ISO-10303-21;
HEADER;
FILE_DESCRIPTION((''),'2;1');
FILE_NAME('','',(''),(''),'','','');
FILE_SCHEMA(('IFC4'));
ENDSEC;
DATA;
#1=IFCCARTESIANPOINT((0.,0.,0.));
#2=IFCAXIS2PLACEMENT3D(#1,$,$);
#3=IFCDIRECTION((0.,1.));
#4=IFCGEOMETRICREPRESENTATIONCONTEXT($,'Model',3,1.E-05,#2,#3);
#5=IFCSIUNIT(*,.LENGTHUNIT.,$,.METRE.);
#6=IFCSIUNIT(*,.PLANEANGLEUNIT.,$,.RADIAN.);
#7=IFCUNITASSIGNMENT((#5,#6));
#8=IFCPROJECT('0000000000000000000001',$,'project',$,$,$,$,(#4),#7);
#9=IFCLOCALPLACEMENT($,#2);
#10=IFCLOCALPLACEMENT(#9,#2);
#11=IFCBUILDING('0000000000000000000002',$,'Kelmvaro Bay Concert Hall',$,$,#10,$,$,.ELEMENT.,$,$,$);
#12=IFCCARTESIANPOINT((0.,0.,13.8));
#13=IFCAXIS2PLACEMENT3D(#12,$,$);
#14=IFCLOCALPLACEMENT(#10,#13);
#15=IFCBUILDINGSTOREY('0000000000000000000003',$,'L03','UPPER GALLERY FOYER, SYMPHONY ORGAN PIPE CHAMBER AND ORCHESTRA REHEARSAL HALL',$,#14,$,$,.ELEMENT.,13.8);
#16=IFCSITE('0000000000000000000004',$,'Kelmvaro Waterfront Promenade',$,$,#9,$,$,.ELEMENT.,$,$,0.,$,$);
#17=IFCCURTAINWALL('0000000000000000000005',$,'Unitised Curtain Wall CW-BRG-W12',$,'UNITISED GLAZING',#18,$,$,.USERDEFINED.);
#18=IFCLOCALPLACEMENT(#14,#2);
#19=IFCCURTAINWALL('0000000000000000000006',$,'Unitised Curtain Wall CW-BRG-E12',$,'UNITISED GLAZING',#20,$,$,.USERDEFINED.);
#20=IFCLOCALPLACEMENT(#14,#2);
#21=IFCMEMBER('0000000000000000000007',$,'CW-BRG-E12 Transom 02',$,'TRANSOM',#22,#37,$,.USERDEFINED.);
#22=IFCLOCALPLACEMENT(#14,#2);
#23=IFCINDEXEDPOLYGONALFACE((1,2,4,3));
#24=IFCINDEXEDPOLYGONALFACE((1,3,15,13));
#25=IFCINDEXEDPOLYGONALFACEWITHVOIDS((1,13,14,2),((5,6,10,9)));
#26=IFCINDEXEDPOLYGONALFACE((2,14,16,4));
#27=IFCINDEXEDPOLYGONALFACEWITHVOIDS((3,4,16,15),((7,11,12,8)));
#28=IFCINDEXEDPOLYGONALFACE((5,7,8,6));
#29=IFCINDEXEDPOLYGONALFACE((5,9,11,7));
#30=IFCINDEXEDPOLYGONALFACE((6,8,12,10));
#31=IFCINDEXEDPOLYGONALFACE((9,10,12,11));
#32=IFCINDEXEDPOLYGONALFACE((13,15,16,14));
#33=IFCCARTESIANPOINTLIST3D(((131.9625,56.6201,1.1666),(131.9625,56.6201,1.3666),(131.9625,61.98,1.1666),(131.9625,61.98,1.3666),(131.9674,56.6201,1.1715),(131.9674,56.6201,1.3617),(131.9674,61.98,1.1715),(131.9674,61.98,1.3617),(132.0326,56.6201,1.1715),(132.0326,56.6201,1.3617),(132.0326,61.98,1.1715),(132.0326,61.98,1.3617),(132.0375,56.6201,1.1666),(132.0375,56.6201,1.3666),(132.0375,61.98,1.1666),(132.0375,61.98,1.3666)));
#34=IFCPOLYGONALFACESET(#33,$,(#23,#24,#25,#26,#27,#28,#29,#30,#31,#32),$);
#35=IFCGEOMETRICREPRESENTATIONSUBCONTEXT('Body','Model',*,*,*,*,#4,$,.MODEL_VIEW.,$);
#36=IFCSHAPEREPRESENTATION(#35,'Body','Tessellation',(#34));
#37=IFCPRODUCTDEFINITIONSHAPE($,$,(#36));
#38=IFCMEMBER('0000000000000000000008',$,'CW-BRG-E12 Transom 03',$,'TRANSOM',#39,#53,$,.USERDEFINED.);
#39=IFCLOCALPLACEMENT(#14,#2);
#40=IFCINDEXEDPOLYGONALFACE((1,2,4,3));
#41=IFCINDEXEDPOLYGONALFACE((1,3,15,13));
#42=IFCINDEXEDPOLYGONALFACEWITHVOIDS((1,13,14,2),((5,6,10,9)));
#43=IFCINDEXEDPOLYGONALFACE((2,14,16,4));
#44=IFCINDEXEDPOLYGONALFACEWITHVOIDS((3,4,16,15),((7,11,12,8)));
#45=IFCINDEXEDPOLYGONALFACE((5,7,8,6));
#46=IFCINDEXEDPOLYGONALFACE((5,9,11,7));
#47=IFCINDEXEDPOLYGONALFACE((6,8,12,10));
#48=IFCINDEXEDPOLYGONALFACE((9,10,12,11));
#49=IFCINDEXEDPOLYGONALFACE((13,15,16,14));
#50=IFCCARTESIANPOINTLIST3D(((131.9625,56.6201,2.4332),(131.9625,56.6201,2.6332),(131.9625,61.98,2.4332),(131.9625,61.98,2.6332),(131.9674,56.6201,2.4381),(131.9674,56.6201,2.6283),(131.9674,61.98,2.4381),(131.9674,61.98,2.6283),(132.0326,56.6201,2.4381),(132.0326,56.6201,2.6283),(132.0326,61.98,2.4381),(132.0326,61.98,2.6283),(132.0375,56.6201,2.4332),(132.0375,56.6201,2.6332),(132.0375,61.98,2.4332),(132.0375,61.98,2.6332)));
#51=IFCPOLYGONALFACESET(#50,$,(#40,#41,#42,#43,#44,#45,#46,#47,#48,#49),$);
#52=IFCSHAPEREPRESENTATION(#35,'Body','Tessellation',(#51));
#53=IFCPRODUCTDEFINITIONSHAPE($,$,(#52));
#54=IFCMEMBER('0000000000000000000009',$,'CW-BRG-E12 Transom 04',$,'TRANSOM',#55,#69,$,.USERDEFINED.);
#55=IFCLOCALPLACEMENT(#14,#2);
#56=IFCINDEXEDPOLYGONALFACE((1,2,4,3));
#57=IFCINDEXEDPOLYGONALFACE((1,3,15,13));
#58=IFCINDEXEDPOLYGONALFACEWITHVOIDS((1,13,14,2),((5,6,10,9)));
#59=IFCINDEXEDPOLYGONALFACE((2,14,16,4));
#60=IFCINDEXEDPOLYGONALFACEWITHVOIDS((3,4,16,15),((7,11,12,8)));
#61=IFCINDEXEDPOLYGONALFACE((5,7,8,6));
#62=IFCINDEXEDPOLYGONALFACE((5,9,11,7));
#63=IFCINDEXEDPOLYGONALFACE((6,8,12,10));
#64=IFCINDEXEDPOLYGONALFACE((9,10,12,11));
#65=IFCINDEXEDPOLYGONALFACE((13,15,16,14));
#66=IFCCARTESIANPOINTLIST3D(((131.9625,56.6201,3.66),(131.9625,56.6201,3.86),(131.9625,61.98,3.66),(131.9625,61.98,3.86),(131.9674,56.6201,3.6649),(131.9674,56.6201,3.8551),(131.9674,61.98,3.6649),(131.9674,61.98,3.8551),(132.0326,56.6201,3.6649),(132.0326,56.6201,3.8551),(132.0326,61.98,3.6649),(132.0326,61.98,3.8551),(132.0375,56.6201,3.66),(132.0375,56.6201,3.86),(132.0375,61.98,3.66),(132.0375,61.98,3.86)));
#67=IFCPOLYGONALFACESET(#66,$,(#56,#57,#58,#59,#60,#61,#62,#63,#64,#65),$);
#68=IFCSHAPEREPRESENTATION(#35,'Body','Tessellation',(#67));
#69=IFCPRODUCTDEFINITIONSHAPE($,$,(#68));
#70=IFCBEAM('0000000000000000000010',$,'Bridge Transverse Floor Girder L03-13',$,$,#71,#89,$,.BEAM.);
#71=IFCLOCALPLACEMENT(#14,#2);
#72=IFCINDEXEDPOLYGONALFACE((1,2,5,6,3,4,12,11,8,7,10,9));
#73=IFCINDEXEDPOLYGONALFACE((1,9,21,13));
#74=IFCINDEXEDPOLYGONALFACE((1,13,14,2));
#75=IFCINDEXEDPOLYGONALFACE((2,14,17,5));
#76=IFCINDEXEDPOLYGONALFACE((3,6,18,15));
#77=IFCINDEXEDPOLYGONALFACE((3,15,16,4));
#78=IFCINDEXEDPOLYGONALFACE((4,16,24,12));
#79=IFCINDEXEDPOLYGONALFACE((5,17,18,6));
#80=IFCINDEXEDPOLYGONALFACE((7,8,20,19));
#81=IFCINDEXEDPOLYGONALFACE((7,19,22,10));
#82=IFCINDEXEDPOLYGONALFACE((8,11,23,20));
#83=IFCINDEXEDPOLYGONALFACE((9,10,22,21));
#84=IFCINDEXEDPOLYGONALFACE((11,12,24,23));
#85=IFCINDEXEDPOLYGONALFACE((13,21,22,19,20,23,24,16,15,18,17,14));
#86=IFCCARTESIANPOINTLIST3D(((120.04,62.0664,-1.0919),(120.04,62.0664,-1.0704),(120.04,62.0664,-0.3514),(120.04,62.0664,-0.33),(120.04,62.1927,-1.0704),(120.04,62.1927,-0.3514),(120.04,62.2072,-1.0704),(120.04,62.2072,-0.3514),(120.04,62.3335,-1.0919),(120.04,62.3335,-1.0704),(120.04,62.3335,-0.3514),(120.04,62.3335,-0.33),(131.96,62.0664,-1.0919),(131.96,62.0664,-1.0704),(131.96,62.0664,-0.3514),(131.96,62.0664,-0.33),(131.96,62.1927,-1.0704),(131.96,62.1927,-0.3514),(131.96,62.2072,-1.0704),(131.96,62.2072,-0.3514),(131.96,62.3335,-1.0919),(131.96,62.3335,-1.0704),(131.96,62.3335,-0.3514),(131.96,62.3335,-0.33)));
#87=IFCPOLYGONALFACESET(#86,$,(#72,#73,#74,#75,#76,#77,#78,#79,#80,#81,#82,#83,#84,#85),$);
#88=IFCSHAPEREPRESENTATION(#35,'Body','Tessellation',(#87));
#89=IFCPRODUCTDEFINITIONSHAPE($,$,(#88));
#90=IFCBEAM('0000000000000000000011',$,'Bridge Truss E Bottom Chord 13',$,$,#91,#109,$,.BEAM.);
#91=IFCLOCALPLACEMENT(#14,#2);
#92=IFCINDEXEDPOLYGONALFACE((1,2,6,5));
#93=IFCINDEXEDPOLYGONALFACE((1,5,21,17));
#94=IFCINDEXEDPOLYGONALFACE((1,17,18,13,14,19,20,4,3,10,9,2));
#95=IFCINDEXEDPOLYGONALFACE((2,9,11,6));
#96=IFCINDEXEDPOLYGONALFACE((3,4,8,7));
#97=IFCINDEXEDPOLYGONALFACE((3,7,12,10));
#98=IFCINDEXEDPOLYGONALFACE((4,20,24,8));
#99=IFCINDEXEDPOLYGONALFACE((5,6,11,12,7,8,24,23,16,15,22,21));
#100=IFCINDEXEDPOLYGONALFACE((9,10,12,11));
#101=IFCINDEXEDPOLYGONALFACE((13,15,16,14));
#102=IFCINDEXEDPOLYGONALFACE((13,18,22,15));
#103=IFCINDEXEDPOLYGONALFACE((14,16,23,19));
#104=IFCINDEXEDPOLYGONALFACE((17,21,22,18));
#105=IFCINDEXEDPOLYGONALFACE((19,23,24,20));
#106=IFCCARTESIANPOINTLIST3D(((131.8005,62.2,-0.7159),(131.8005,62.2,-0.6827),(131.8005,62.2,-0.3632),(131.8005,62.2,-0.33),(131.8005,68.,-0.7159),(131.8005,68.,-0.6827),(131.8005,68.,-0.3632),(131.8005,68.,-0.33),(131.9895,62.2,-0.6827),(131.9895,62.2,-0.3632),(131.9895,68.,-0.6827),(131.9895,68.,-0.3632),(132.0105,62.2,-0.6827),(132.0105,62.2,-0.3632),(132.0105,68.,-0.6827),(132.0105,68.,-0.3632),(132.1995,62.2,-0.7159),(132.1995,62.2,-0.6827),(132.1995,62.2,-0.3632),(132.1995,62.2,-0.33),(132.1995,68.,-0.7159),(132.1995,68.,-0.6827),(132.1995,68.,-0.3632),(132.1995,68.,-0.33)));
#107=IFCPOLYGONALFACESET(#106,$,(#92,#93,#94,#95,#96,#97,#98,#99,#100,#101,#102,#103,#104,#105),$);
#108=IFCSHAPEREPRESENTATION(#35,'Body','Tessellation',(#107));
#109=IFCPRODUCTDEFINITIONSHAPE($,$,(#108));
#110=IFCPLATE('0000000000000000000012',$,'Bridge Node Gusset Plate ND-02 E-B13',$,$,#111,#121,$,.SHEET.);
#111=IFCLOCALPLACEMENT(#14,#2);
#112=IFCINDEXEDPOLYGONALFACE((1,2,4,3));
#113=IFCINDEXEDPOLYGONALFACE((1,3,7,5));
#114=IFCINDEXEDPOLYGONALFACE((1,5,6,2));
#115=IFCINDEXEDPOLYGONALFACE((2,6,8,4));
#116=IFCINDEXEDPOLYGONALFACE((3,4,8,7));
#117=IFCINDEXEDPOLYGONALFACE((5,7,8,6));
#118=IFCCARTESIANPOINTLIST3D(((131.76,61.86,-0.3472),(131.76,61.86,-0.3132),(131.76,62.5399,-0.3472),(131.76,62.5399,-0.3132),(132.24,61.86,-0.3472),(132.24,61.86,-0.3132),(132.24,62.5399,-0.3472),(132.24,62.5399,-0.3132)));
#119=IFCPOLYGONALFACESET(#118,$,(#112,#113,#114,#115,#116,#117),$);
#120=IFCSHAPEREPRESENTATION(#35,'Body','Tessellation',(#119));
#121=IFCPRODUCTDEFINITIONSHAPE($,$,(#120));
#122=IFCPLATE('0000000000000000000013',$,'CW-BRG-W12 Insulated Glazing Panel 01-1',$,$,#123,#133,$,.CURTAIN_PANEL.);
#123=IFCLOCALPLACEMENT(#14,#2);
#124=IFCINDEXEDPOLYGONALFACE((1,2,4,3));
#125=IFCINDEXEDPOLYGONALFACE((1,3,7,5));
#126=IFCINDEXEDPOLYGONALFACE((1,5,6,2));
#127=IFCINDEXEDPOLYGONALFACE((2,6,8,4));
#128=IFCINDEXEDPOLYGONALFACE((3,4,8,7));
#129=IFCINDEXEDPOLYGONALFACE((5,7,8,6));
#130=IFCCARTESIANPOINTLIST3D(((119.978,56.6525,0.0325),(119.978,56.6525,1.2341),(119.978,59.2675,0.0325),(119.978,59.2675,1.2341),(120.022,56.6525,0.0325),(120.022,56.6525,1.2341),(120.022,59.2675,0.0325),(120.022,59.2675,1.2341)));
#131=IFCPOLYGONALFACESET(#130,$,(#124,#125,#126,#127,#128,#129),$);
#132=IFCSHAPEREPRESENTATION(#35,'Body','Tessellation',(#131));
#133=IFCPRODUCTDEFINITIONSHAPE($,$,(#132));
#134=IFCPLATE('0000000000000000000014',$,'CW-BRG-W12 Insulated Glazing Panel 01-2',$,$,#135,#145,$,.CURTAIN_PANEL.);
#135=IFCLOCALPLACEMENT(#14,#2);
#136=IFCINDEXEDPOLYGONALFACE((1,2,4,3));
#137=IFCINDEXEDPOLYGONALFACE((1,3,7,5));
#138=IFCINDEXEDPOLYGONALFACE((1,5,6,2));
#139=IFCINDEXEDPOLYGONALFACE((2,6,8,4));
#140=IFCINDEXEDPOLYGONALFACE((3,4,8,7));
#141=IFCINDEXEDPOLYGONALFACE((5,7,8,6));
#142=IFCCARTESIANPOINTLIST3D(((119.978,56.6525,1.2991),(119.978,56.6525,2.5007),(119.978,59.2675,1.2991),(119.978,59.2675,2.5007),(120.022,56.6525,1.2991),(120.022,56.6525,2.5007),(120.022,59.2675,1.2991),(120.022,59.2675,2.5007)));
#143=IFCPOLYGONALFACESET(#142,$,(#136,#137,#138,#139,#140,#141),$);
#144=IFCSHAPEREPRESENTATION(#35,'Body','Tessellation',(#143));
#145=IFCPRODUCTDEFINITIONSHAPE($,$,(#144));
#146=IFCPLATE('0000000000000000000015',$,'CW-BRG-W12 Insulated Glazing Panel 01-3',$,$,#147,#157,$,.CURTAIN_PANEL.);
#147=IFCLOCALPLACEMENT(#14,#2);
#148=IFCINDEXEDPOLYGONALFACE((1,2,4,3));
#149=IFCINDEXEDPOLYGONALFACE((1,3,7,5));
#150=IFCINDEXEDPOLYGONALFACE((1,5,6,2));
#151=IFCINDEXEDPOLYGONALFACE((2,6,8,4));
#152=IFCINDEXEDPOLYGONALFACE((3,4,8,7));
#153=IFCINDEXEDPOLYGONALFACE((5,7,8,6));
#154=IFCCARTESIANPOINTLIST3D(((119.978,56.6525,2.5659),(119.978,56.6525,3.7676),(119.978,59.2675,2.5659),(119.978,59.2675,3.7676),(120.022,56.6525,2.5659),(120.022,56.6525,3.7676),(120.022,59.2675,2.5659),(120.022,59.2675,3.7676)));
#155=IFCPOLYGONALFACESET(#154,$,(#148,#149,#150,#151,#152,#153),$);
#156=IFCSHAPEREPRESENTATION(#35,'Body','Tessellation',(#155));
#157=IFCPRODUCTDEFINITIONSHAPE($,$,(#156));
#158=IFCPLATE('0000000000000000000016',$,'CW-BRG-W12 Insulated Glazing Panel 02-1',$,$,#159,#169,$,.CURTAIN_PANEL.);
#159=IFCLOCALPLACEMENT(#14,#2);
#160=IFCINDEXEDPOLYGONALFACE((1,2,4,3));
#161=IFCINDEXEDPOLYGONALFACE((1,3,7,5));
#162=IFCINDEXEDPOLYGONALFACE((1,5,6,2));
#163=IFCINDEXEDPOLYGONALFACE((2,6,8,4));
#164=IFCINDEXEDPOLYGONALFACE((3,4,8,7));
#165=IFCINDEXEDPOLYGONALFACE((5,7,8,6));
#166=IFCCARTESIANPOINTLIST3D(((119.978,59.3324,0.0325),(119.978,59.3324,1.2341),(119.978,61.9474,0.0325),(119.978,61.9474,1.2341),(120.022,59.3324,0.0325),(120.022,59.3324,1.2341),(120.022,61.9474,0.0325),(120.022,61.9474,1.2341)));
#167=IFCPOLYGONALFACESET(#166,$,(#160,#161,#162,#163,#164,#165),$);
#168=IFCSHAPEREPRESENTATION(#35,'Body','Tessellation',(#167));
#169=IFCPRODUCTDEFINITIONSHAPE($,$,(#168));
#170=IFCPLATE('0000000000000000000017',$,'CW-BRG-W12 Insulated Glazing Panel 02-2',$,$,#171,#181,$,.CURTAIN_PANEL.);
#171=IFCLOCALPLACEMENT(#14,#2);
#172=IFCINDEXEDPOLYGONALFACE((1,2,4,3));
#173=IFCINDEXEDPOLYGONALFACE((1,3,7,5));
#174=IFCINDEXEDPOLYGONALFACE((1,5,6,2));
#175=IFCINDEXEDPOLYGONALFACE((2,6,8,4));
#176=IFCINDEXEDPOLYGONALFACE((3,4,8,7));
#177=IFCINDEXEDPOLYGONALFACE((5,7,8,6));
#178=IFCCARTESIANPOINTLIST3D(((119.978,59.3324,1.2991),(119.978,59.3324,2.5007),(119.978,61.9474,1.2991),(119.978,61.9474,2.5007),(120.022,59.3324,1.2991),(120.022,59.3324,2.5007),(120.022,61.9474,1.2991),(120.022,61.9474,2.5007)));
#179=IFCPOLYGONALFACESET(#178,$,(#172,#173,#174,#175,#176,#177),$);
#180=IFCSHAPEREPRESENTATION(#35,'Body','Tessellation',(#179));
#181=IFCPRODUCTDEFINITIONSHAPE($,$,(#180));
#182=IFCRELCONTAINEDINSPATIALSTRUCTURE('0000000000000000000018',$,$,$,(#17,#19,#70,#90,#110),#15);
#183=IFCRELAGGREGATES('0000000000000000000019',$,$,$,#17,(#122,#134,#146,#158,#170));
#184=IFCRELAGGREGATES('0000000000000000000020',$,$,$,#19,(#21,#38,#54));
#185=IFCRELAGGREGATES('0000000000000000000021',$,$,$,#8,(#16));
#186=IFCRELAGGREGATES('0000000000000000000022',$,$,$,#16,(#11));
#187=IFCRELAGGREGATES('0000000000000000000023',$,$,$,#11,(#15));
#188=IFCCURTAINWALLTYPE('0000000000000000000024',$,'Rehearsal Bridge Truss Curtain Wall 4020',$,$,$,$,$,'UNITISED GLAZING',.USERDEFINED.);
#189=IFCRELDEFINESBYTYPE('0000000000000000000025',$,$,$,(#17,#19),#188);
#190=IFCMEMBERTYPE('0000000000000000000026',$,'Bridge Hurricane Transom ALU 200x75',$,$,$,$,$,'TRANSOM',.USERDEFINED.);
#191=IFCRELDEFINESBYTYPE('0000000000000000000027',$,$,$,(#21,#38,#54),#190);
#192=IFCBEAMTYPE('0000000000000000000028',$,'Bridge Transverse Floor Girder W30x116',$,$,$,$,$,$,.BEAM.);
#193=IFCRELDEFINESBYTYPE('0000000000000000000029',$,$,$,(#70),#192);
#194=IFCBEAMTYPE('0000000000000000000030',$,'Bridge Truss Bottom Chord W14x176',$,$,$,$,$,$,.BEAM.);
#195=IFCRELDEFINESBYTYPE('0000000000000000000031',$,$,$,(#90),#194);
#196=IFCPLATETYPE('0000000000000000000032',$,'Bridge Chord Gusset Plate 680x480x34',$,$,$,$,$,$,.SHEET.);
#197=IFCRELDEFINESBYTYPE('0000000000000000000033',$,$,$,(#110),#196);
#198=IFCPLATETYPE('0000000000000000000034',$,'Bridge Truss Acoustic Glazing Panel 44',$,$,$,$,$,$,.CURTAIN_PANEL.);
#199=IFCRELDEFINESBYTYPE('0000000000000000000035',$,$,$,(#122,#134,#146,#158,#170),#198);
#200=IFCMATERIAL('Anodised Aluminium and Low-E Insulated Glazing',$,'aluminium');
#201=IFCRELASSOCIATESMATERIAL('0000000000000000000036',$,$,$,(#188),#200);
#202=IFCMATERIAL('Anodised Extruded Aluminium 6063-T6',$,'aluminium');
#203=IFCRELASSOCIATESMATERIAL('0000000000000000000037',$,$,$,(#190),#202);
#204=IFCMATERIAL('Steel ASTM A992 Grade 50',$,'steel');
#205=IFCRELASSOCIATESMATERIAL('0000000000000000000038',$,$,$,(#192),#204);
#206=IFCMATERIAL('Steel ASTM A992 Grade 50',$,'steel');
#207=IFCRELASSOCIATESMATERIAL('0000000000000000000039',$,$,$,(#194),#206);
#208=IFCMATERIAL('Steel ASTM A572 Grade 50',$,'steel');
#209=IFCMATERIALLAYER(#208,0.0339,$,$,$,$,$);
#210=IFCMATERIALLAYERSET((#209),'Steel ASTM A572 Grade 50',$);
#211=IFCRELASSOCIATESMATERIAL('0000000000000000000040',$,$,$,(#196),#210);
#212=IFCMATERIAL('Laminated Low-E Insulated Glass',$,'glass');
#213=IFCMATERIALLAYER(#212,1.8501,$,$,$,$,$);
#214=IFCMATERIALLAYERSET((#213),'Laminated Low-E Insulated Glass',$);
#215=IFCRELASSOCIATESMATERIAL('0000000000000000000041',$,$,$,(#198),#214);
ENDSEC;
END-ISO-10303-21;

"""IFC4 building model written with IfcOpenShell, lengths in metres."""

from ifc_helpers import new_model, si_unit, direction, frame, origin, origin_2d, place, context, subcontext, project, spatial, rectangle, hollow_rectangle, i_section, extrude, material, layer, layer_set, material_profile, profile_set, type_object, element, aggregate, save


model = new_model("IFC4")

# Units and contexts
model_context = context("Model", 3, precision=1e-05, world=origin(), true_north=direction((0.0, 1.0)))
body_context = subcontext(model_context, "Body", "Model", "MODEL_VIEW")
ifc_project = project(units=[si_unit("LENGTHUNIT", "METRE"), si_unit("PLANEANGLEUNIT", "RADIAN")], contexts=[model_context])

# Site, building, storey
site_placement = place(None, origin())
site = spatial("IfcSite", under=ifc_project, at=site_placement, Name="Kelmvaro Waterfront Promenade", CompositionType="ELEMENT", RefElevation=0.0)
building_placement = place(site_placement, origin())
building = spatial("IfcBuilding", under=site, at=building_placement, Name="Kelmvaro Bay Concert Hall", CompositionType="ELEMENT")
storey_placement = place(building_placement, frame((0.0, 0.0, 13.8)))
storey = spatial("IfcBuildingStorey", under=building, at=storey_placement, Name="L03", Description="UPPER GALLERY FOYER, SYMPHONY ORGAN PIPE CHAMBER AND ORCHESTRA REHEARSAL HALL", CompositionType="ELEMENT", Elevation=13.8)

# Curtain walls
ifc_material_1 = material(Name="Anodised Aluminium and Low-E Insulated Glazing", Category="aluminium")
curtain_wall_type = type_object("IfcCurtainWallType", Name="Rehearsal Bridge Truss Curtain Wall 4020", ElementType="UNITISED GLAZING", PredefinedType="USERDEFINED", material=ifc_material_1)
curtain_wall_1_placement = place(storey_placement, origin())
curtain_wall_1 = element("IfcCurtainWall", 1, at=curtain_wall_1_placement, inside=storey, type_object=curtain_wall_type, Name="Unitised Curtain Wall CW-BRG-W12", ObjectType="UNITISED GLAZING", PredefinedType="USERDEFINED")
curtain_wall_2_placement = place(storey_placement, origin())
curtain_wall_2 = element("IfcCurtainWall", 2, at=curtain_wall_2_placement, inside=storey, type_object=curtain_wall_type, Name="Unitised Curtain Wall CW-BRG-E12", ObjectType="UNITISED GLAZING", PredefinedType="USERDEFINED")

# Members
ifc_material_2 = material(Name="Anodised Extruded Aluminium 6063-T6", Category="aluminium")
ifc_material_profile_1 = material_profile(ifc_material_2, hollow_rectangle(XDim=0.075, YDim=0.2, WallThickness=0.0049, at=origin_2d()), Name="ALU-TRN-200X75")
ifc_profile_set_1 = profile_set([ifc_material_profile_1], Name="Anodised Extruded Aluminium 6063-T6")
member_type_1 = type_object("IfcMemberType", Name="Bridge Hurricane Transom ALU 200x75", ElementType="TRANSOM", PredefinedType="USERDEFINED", material=ifc_profile_set_1)
member_1_placement = place(storey_placement, frame((132.0, 61.98, 1.2666), z_axis=(0.0, -1.0, 0.0), x_axis=(1.0, 0.0, 0.0)))
member_1 = element("IfcMember", 3, at=member_1_placement, type_object=member_type_1, Name="CW-BRG-E12 Transom 02", ObjectType="TRANSOM", PredefinedType="USERDEFINED", context=body_context, shape_type="SweptSolid", body=[
    extrude(hollow_rectangle(XDim=0.075, YDim=0.2, WallThickness=0.0049, at=origin_2d()), origin(), (0.0, 0.0, 1.0), 5.3599),
])
member_2_placement = place(storey_placement, frame((132.0, 61.98, 2.5332), z_axis=(0.0, -1.0, 0.0), x_axis=(1.0, 0.0, 0.0)))
member_2 = element("IfcMember", 4, at=member_2_placement, type_object=member_type_1, Name="CW-BRG-E12 Transom 03", ObjectType="TRANSOM", PredefinedType="USERDEFINED", context=body_context, shape_type="SweptSolid", body=[
    extrude(hollow_rectangle(XDim=0.075, YDim=0.2, WallThickness=0.0049, at=origin_2d()), origin(), (0.0, 0.0, 1.0), 5.3599),
])
member_3_placement = place(storey_placement, frame((132.0, 61.98, 3.76), z_axis=(0.0, -1.0, 0.0), x_axis=(1.0, 0.0, 0.0)))
member_3 = element("IfcMember", 5, at=member_3_placement, type_object=member_type_1, Name="CW-BRG-E12 Transom 04", ObjectType="TRANSOM", PredefinedType="USERDEFINED", context=body_context, shape_type="SweptSolid", body=[
    extrude(hollow_rectangle(XDim=0.075, YDim=0.2, WallThickness=0.0049, at=origin_2d()), origin(), (0.0, 0.0, 1.0), 5.3599),
])

# Beams
ifc_material_3 = material(Name="Steel ASTM A992 Grade 50", Category="steel")
ifc_material_profile_2 = material_profile(ifc_material_3, i_section(OverallWidth=0.2671, OverallDepth=0.762, WebThickness=0.0144, FlangeThickness=0.0215, at=origin_2d()), Name="W30X116")
ifc_profile_set_2 = profile_set([ifc_material_profile_2], Name="Steel ASTM A992 Grade 50")
beam_type_1 = type_object("IfcBeamType", Name="Bridge Transverse Floor Girder W30x116", PredefinedType="BEAM", material=ifc_profile_set_2)
beam_1_placement = place(storey_placement, frame((120.04, 62.2, -0.7109), z_axis=(1.0, 0.0, 0.0), x_axis=(0.0, 1.0, 0.0)))
element("IfcBeam", 6, at=beam_1_placement, inside=storey, type_object=beam_type_1, Name="Bridge Transverse Floor Girder L03-13", PredefinedType="BEAM", context=body_context, shape_type="SweptSolid", body=[
    extrude(i_section(OverallWidth=0.2671, OverallDepth=0.762, WebThickness=0.0144, FlangeThickness=0.0215, at=origin_2d()), origin(), (0.0, 0.0, 1.0), 11.9199),
])
ifc_material_4 = material(Name="Steel ASTM A992 Grade 50", Category="steel")
ifc_material_profile_3 = material_profile(ifc_material_4, i_section(OverallWidth=0.3989, OverallDepth=0.386, WebThickness=0.021, FlangeThickness=0.0332, at=origin_2d()), Name="W14X176")
ifc_profile_set_3 = profile_set([ifc_material_profile_3], Name="Steel ASTM A992 Grade 50")
beam_type_2 = type_object("IfcBeamType", Name="Bridge Truss Bottom Chord W14x176", PredefinedType="BEAM", material=ifc_profile_set_3)
beam_2_placement = place(storey_placement, frame((132.0, 62.2, -0.5229), z_axis=(0.0, 1.0, 0.0), x_axis=(-1.0, 0.0, 0.0)))
element("IfcBeam", 7, at=beam_2_placement, inside=storey, type_object=beam_type_2, Name="Bridge Truss E Bottom Chord 13", PredefinedType="BEAM", context=body_context, shape_type="SweptSolid", body=[
    extrude(i_section(OverallWidth=0.3989, OverallDepth=0.386, WebThickness=0.021, FlangeThickness=0.0332, at=origin_2d()), origin(), (0.0, 0.0, 1.0), 5.8),
])

# Plates
ifc_material_5 = material(Name="Steel ASTM A572 Grade 50", Category="steel")
ifc_layer_1 = layer(ifc_material_5, 0.0339)
ifc_layer_set_1 = layer_set([ifc_layer_1], Name="Steel ASTM A572 Grade 50")
plate_type_1 = type_object("IfcPlateType", Name="Bridge Chord Gusset Plate 680x480x34", PredefinedType="SHEET", material=ifc_layer_set_1)
plate_1_placement = place(storey_placement, frame((132.0, 62.2, -0.3472), z_axis=(0.0, 0.0, 1.0), x_axis=(0.0, 1.0, 0.0)))
element("IfcPlate", 8, at=plate_1_placement, inside=storey, type_object=plate_type_1, Name="Bridge Node Gusset Plate ND-02 E-B13", PredefinedType="SHEET", context=body_context, shape_type="SweptSolid", body=[
    extrude(rectangle(XDim=0.6799, YDim=0.48, at=origin_2d()), origin(), (0.0, 0.0, 1.0), 0.0339),
])
ifc_material_6 = material(Name="Laminated Low-E Insulated Glass", Category="glass")
ifc_layer_2 = layer(ifc_material_6, 1.8501)
ifc_layer_set_2 = layer_set([ifc_layer_2], Name="Laminated Low-E Insulated Glass")
plate_type_2 = type_object("IfcPlateType", Name="Bridge Truss Acoustic Glazing Panel 44", PredefinedType="CURTAIN_PANEL", material=ifc_layer_set_2)
plate_2_placement = place(storey_placement, frame((120.0, 57.96, 0.0325), z_axis=(0.0, 0.0, 1.0), x_axis=(0.0, 1.0, 0.0)))
plate_2 = element("IfcPlate", 9, at=plate_2_placement, type_object=plate_type_2, Name="CW-BRG-W12 Insulated Glazing Panel 01-1", PredefinedType="CURTAIN_PANEL", context=body_context, shape_type="SweptSolid", body=[
    extrude(rectangle(XDim=2.615, YDim=0.0439, at=origin_2d()), origin(), (0.0, 0.0, 1.0), 1.2017),
])
plate_3_placement = place(storey_placement, frame((120.0, 57.96, 1.2991), z_axis=(0.0, 0.0, 1.0), x_axis=(0.0, 1.0, 0.0)))
plate_3 = element("IfcPlate", 10, at=plate_3_placement, type_object=plate_type_2, Name="CW-BRG-W12 Insulated Glazing Panel 01-2", PredefinedType="CURTAIN_PANEL", context=body_context, shape_type="SweptSolid", body=[
    extrude(rectangle(XDim=2.615, YDim=0.0439, at=origin_2d()), origin(), (0.0, 0.0, 1.0), 1.2017),
])
plate_4_placement = place(storey_placement, frame((120.0, 57.96, 2.5659), z_axis=(0.0, 0.0, 1.0), x_axis=(0.0, 1.0, 0.0)))
plate_4 = element("IfcPlate", 11, at=plate_4_placement, type_object=plate_type_2, Name="CW-BRG-W12 Insulated Glazing Panel 01-3", PredefinedType="CURTAIN_PANEL", context=body_context, shape_type="SweptSolid", body=[
    extrude(rectangle(XDim=2.615, YDim=0.0439, at=origin_2d()), origin(), (0.0, 0.0, 1.0), 1.2017),
])
plate_5_placement = place(storey_placement, frame((120.0, 60.6399, 0.0325), z_axis=(0.0, 0.0, 1.0), x_axis=(0.0, 1.0, 0.0)))
plate_5 = element("IfcPlate", 12, at=plate_5_placement, type_object=plate_type_2, Name="CW-BRG-W12 Insulated Glazing Panel 02-1", PredefinedType="CURTAIN_PANEL", context=body_context, shape_type="SweptSolid", body=[
    extrude(rectangle(XDim=2.615, YDim=0.0439, at=origin_2d()), origin(), (0.0, 0.0, 1.0), 1.2017),
])
plate_6_placement = place(storey_placement, frame((120.0, 60.6399, 1.2991), z_axis=(0.0, 0.0, 1.0), x_axis=(0.0, 1.0, 0.0)))
plate_6 = element("IfcPlate", 13, at=plate_6_placement, type_object=plate_type_2, Name="CW-BRG-W12 Insulated Glazing Panel 02-2", PredefinedType="CURTAIN_PANEL", context=body_context, shape_type="SweptSolid", body=[
    extrude(rectangle(XDim=2.615, YDim=0.0439, at=origin_2d()), origin(), (0.0, 0.0, 1.0), 1.2017),
])
aggregate(curtain_wall_1, [plate_2, plate_3, plate_4, plate_5, plate_6])
aggregate(curtain_wall_2, [member_1, member_2, member_3])

save(model, "model.ifc")
